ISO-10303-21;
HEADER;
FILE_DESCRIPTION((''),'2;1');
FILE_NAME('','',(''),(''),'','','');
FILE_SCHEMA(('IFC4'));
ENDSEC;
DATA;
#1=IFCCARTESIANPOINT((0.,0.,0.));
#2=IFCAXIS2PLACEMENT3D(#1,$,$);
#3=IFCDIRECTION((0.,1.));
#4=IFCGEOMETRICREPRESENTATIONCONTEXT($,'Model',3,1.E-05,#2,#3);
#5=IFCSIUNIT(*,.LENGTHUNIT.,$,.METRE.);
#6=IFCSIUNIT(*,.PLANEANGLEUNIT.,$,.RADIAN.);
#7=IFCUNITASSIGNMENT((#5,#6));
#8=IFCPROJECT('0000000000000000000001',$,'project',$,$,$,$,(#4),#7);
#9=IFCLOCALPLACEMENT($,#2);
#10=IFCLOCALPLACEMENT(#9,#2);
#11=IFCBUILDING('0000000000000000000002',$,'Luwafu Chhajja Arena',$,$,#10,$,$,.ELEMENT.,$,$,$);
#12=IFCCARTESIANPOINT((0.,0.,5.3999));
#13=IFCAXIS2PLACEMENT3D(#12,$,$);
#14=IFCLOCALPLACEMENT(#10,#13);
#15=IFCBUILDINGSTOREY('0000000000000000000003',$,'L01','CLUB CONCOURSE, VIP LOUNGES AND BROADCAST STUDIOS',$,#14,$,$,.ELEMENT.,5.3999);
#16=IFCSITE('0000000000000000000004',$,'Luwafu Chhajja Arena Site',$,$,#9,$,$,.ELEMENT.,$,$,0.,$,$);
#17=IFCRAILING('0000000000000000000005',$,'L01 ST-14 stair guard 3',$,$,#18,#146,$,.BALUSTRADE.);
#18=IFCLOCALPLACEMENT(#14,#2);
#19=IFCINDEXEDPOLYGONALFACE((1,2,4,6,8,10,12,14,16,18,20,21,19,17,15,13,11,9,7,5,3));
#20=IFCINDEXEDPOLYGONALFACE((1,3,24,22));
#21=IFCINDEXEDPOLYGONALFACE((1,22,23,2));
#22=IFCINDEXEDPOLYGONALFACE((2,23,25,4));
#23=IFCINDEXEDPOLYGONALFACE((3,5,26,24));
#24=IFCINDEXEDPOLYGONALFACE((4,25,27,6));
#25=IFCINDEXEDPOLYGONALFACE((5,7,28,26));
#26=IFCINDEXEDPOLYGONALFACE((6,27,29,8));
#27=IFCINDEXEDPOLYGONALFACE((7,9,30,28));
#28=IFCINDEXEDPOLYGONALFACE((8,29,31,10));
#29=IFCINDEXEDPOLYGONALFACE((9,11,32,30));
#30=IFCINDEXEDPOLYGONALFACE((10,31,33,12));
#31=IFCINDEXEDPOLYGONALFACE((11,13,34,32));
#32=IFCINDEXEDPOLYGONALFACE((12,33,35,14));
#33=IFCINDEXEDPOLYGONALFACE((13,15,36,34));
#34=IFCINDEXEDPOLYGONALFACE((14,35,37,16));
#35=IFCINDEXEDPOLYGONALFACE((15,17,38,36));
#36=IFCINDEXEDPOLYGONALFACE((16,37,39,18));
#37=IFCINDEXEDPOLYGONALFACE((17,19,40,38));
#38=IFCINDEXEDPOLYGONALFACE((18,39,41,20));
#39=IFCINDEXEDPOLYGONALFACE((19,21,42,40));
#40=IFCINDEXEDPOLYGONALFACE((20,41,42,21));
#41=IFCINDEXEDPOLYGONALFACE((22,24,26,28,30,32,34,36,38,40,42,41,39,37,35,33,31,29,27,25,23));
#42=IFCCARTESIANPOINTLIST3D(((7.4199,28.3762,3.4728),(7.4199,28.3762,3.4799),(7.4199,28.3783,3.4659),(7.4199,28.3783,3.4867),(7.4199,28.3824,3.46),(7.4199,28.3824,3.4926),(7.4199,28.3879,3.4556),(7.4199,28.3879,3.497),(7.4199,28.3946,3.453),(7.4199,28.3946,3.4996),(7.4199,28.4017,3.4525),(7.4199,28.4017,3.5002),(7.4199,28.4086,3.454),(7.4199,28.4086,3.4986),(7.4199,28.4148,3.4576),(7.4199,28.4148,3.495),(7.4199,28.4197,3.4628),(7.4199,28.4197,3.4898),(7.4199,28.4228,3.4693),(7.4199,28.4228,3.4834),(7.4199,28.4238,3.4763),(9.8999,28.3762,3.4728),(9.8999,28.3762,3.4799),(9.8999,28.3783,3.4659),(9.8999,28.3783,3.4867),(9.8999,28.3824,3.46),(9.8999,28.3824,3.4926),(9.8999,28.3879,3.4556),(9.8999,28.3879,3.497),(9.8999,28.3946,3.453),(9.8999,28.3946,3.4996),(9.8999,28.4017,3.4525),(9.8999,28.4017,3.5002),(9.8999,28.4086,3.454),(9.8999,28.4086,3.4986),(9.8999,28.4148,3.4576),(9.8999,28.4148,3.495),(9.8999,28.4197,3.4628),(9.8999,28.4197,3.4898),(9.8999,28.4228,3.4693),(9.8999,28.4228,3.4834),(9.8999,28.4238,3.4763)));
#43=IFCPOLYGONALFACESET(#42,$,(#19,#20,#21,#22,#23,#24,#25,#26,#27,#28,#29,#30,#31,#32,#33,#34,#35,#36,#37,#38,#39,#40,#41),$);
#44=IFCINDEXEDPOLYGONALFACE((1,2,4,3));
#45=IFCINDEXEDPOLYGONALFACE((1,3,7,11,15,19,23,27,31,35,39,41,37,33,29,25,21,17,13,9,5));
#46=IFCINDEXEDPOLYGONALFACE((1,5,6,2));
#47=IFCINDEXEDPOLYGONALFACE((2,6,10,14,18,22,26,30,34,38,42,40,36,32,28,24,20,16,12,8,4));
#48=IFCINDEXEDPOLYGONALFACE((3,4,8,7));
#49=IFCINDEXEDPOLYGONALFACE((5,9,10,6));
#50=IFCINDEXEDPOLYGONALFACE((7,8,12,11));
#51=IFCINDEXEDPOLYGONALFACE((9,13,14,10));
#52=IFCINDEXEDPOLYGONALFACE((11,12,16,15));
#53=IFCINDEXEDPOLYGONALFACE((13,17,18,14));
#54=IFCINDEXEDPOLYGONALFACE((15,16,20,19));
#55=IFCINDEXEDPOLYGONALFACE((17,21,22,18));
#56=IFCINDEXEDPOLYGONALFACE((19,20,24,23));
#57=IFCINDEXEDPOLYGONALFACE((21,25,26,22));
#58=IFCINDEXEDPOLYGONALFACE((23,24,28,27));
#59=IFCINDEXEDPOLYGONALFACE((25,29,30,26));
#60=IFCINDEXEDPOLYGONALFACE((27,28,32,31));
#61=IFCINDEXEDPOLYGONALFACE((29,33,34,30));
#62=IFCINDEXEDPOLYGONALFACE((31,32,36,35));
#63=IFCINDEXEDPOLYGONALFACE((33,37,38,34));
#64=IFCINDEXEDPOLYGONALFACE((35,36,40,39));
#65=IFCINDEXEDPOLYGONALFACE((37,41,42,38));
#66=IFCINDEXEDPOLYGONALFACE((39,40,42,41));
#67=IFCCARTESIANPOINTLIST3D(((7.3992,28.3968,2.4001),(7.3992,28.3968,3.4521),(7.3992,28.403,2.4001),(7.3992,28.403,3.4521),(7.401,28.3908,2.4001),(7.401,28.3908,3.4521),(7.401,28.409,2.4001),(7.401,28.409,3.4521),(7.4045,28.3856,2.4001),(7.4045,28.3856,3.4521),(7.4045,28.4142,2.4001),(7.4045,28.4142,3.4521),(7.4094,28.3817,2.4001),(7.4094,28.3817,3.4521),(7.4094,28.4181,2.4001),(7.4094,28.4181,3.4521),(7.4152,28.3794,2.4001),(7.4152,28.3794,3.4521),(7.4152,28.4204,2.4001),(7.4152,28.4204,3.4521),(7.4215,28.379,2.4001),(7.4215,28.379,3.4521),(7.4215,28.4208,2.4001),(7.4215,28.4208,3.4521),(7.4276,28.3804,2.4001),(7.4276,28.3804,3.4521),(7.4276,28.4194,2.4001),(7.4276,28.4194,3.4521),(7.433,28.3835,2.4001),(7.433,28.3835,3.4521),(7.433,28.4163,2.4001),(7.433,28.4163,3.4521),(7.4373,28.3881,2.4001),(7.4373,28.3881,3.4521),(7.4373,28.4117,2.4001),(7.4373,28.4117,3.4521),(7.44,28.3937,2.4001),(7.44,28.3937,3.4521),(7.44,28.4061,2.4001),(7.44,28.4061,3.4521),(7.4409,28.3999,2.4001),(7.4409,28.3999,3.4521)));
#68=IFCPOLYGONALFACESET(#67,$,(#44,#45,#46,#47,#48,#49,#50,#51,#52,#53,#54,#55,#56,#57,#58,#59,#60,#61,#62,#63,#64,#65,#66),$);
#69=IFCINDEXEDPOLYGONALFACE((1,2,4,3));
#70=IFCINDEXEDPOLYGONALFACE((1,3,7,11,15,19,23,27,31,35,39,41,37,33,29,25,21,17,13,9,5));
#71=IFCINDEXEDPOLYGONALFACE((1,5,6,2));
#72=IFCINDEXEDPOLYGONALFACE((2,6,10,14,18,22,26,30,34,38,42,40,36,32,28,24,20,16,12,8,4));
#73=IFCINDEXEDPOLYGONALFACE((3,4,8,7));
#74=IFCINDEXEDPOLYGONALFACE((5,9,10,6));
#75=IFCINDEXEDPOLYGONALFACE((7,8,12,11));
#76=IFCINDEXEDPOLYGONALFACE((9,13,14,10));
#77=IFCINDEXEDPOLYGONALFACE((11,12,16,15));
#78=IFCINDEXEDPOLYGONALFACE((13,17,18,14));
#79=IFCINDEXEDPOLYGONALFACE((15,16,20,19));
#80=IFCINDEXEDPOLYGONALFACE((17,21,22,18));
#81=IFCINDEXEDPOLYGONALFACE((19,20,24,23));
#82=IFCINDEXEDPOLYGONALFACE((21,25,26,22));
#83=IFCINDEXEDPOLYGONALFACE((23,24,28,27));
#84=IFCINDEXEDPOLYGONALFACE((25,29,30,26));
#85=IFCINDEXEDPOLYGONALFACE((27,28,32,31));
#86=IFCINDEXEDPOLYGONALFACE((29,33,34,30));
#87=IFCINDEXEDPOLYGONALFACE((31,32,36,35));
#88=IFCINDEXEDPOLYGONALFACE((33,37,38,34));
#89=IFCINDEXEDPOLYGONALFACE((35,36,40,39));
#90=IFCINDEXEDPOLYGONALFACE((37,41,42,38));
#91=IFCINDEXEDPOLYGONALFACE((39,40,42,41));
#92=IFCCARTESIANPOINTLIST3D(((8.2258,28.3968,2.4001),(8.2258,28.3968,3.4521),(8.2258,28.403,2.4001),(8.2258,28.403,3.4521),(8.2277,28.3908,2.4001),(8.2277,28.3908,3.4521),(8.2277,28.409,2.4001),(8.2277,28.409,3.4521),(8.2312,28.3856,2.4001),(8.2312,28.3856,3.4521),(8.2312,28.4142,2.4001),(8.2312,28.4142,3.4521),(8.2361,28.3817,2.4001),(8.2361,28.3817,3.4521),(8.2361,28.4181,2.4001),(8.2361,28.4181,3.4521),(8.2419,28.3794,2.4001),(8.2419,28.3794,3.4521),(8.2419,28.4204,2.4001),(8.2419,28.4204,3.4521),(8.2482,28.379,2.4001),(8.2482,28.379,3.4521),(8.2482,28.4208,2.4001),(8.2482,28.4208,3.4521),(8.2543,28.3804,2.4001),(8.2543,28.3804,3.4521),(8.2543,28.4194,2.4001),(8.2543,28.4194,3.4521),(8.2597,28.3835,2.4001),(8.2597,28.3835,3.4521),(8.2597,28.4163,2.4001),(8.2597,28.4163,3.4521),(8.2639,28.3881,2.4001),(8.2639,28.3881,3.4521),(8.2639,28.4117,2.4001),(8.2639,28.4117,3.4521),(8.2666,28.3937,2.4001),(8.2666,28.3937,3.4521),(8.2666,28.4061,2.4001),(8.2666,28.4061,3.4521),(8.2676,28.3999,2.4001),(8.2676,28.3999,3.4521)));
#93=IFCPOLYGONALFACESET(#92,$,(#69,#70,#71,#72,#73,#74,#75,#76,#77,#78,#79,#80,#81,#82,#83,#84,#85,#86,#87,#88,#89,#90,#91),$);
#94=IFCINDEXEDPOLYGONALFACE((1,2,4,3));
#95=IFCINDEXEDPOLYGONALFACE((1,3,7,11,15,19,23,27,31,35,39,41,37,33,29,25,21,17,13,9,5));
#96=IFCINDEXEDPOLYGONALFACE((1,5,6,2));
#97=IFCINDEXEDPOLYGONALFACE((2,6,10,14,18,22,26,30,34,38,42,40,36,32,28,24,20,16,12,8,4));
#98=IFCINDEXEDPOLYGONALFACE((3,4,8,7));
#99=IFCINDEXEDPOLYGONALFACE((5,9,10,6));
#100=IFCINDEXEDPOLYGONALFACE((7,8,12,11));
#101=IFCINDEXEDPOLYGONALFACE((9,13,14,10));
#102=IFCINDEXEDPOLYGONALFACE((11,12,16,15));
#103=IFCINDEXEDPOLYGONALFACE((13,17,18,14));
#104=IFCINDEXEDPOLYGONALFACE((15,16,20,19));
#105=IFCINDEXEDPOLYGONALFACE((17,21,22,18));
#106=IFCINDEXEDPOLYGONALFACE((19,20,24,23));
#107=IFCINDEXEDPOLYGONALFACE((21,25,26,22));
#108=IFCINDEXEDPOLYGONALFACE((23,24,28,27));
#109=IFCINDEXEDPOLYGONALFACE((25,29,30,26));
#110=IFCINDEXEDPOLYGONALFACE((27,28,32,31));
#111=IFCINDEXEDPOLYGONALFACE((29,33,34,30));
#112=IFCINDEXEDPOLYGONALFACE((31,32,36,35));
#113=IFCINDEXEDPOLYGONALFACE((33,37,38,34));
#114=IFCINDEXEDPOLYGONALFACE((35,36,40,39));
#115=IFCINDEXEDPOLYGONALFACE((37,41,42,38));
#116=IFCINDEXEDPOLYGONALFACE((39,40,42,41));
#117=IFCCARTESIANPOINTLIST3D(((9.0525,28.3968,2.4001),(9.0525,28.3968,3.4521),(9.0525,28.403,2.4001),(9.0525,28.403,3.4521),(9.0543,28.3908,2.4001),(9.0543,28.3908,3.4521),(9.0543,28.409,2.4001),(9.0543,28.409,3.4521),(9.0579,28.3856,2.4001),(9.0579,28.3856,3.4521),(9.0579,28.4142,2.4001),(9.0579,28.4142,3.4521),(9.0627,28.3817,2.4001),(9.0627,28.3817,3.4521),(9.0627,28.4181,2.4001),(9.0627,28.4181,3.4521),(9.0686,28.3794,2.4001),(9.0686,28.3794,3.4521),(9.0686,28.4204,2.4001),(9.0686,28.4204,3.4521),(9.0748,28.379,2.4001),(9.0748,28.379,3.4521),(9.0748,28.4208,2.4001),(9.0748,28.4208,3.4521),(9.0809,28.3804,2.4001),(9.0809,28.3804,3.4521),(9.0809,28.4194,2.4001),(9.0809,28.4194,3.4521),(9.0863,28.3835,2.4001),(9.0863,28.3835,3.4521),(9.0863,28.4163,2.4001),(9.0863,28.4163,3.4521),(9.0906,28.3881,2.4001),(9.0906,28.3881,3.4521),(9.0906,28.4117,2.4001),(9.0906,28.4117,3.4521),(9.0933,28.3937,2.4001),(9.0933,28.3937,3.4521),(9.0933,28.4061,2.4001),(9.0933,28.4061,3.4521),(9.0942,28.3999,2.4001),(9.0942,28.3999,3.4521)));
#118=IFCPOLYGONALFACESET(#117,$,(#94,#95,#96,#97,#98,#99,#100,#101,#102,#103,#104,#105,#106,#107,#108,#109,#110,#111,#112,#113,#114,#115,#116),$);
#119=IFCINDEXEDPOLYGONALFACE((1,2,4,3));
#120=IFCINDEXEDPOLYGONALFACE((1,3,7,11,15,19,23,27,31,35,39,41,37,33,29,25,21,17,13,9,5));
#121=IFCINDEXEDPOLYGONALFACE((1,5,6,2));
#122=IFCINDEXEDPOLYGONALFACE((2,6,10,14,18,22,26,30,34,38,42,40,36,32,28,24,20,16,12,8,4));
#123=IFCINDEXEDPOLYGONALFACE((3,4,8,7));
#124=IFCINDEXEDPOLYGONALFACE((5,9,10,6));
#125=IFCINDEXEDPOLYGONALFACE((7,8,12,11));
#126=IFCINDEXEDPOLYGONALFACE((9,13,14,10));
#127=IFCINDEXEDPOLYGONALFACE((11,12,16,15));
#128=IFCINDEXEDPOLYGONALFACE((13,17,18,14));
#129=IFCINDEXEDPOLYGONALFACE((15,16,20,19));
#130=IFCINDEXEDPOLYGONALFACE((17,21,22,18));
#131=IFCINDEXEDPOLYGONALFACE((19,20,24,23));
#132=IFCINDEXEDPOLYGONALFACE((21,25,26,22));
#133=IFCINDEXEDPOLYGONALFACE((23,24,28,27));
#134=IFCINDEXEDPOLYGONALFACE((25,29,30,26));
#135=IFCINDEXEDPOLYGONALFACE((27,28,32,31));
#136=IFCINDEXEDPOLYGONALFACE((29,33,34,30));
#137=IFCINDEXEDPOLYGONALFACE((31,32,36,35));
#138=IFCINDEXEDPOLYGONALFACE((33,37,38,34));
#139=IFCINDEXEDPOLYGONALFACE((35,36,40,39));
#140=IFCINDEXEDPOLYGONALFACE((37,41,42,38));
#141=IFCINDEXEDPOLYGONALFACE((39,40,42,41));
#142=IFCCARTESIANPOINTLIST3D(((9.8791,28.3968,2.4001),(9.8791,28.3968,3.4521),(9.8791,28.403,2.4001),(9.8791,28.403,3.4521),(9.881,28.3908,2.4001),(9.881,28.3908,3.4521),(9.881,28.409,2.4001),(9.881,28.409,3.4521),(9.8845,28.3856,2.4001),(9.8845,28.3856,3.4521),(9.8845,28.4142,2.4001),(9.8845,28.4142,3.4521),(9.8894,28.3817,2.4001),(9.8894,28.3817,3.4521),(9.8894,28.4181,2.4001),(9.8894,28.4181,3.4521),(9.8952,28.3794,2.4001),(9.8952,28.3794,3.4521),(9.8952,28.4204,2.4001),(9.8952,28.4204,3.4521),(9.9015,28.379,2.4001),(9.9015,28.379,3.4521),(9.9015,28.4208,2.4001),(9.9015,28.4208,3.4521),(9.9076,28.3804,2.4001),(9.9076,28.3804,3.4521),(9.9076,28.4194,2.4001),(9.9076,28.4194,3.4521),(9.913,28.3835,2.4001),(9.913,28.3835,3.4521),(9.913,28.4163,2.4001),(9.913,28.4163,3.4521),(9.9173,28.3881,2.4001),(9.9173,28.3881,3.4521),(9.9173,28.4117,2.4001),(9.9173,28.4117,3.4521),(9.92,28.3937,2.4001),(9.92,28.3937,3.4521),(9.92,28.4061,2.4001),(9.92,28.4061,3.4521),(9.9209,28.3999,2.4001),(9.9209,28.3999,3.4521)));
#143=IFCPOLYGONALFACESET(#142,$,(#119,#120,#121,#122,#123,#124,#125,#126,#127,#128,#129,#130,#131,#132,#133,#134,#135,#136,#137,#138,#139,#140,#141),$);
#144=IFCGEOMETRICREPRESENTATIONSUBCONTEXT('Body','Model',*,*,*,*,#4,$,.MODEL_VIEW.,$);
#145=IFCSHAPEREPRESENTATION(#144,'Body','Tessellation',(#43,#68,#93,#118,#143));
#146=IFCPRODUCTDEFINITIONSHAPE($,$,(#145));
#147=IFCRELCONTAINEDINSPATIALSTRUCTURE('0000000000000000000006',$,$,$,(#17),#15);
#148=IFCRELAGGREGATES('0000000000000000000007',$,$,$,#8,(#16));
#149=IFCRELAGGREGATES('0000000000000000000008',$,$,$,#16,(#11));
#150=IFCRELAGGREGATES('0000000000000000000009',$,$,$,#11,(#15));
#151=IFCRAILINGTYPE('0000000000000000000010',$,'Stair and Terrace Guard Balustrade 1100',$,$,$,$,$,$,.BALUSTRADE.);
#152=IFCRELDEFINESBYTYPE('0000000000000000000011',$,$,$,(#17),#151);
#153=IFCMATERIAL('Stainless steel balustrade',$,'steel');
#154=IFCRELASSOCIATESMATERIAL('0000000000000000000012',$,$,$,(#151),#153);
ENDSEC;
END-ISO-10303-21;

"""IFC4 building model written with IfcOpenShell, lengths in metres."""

from ifc_helpers import new_model, si_unit, direction, frame, origin, origin_2d, place, context, subcontext, project, spatial, circle, extrude, material, type_object, element, save


model = new_model("IFC4")

# Units and contexts
model_context = context("Model", 3, precision=1e-05, world=origin(), true_north=direction((0.0, 1.0)))
body_context = subcontext(model_context, "Body", "Model", "MODEL_VIEW")
ifc_project = project(units=[si_unit("LENGTHUNIT", "METRE"), si_unit("PLANEANGLEUNIT", "RADIAN")], contexts=[model_context])

# Site, building, storey
site_placement = place(None, origin())
site = spatial("IfcSite", under=ifc_project, at=site_placement, Name="Luwafu Chhajja Arena Site", CompositionType="ELEMENT", RefElevation=0.0)
building_placement = place(site_placement, origin())
building = spatial("IfcBuilding", under=site, at=building_placement, Name="Luwafu Chhajja Arena", CompositionType="ELEMENT")
storey_placement = place(building_placement, frame((0.0, 0.0, 5.3999)))
storey = spatial("IfcBuildingStorey", under=building, at=storey_placement, Name="L01", Description="CLUB CONCOURSE, VIP LOUNGES AND BROADCAST STUDIOS", CompositionType="ELEMENT", Elevation=5.3999)

# Railing
ifc_material_1 = material(Name="Stainless steel balustrade", Category="steel")
railing_type_1 = type_object("IfcRailingType", Name="Stair and Terrace Guard Balustrade 1100", PredefinedType="BALUSTRADE", material=ifc_material_1)
for number, where, name in (
    (1, (7.4199, 28.3999, 2.4001), "L01 ST-14 stair guard 3"),
):
    element("IfcRailing", number, at=place(storey_placement, frame(where)), inside=storey, type_object=railing_type_1, Name=name, PredefinedType="BALUSTRADE", context=body_context, shape_type="SweptSolid", body=[
        extrude(circle(Radius=0.0239, at=origin_2d()), frame((0.0, 0.0, 1.0762), z_axis=(1.0, 0.0, 0.0), x_axis=(0.0, 1.0, 0.0)), (0.0, 0.0, 1.0), 2.48),
        extrude(circle(Radius=0.021, at=origin_2d()), origin(), (0.0, 0.0, 1.0), 1.052),
        extrude(circle(Radius=0.021, at=origin_2d()), frame((0.8267, 0.0, 0.0)), (0.0, 0.0, 1.0), 1.052),
        extrude(circle(Radius=0.021, at=origin_2d()), frame((1.6533, 0.0, 0.0)), (0.0, 0.0, 1.0), 1.052),
        extrude(circle(Radius=0.021, at=origin_2d()), frame((2.48, 0.0, 0.0)), (0.0, 0.0, 1.0), 1.052),
    ])

save(model, "model.ifc")
